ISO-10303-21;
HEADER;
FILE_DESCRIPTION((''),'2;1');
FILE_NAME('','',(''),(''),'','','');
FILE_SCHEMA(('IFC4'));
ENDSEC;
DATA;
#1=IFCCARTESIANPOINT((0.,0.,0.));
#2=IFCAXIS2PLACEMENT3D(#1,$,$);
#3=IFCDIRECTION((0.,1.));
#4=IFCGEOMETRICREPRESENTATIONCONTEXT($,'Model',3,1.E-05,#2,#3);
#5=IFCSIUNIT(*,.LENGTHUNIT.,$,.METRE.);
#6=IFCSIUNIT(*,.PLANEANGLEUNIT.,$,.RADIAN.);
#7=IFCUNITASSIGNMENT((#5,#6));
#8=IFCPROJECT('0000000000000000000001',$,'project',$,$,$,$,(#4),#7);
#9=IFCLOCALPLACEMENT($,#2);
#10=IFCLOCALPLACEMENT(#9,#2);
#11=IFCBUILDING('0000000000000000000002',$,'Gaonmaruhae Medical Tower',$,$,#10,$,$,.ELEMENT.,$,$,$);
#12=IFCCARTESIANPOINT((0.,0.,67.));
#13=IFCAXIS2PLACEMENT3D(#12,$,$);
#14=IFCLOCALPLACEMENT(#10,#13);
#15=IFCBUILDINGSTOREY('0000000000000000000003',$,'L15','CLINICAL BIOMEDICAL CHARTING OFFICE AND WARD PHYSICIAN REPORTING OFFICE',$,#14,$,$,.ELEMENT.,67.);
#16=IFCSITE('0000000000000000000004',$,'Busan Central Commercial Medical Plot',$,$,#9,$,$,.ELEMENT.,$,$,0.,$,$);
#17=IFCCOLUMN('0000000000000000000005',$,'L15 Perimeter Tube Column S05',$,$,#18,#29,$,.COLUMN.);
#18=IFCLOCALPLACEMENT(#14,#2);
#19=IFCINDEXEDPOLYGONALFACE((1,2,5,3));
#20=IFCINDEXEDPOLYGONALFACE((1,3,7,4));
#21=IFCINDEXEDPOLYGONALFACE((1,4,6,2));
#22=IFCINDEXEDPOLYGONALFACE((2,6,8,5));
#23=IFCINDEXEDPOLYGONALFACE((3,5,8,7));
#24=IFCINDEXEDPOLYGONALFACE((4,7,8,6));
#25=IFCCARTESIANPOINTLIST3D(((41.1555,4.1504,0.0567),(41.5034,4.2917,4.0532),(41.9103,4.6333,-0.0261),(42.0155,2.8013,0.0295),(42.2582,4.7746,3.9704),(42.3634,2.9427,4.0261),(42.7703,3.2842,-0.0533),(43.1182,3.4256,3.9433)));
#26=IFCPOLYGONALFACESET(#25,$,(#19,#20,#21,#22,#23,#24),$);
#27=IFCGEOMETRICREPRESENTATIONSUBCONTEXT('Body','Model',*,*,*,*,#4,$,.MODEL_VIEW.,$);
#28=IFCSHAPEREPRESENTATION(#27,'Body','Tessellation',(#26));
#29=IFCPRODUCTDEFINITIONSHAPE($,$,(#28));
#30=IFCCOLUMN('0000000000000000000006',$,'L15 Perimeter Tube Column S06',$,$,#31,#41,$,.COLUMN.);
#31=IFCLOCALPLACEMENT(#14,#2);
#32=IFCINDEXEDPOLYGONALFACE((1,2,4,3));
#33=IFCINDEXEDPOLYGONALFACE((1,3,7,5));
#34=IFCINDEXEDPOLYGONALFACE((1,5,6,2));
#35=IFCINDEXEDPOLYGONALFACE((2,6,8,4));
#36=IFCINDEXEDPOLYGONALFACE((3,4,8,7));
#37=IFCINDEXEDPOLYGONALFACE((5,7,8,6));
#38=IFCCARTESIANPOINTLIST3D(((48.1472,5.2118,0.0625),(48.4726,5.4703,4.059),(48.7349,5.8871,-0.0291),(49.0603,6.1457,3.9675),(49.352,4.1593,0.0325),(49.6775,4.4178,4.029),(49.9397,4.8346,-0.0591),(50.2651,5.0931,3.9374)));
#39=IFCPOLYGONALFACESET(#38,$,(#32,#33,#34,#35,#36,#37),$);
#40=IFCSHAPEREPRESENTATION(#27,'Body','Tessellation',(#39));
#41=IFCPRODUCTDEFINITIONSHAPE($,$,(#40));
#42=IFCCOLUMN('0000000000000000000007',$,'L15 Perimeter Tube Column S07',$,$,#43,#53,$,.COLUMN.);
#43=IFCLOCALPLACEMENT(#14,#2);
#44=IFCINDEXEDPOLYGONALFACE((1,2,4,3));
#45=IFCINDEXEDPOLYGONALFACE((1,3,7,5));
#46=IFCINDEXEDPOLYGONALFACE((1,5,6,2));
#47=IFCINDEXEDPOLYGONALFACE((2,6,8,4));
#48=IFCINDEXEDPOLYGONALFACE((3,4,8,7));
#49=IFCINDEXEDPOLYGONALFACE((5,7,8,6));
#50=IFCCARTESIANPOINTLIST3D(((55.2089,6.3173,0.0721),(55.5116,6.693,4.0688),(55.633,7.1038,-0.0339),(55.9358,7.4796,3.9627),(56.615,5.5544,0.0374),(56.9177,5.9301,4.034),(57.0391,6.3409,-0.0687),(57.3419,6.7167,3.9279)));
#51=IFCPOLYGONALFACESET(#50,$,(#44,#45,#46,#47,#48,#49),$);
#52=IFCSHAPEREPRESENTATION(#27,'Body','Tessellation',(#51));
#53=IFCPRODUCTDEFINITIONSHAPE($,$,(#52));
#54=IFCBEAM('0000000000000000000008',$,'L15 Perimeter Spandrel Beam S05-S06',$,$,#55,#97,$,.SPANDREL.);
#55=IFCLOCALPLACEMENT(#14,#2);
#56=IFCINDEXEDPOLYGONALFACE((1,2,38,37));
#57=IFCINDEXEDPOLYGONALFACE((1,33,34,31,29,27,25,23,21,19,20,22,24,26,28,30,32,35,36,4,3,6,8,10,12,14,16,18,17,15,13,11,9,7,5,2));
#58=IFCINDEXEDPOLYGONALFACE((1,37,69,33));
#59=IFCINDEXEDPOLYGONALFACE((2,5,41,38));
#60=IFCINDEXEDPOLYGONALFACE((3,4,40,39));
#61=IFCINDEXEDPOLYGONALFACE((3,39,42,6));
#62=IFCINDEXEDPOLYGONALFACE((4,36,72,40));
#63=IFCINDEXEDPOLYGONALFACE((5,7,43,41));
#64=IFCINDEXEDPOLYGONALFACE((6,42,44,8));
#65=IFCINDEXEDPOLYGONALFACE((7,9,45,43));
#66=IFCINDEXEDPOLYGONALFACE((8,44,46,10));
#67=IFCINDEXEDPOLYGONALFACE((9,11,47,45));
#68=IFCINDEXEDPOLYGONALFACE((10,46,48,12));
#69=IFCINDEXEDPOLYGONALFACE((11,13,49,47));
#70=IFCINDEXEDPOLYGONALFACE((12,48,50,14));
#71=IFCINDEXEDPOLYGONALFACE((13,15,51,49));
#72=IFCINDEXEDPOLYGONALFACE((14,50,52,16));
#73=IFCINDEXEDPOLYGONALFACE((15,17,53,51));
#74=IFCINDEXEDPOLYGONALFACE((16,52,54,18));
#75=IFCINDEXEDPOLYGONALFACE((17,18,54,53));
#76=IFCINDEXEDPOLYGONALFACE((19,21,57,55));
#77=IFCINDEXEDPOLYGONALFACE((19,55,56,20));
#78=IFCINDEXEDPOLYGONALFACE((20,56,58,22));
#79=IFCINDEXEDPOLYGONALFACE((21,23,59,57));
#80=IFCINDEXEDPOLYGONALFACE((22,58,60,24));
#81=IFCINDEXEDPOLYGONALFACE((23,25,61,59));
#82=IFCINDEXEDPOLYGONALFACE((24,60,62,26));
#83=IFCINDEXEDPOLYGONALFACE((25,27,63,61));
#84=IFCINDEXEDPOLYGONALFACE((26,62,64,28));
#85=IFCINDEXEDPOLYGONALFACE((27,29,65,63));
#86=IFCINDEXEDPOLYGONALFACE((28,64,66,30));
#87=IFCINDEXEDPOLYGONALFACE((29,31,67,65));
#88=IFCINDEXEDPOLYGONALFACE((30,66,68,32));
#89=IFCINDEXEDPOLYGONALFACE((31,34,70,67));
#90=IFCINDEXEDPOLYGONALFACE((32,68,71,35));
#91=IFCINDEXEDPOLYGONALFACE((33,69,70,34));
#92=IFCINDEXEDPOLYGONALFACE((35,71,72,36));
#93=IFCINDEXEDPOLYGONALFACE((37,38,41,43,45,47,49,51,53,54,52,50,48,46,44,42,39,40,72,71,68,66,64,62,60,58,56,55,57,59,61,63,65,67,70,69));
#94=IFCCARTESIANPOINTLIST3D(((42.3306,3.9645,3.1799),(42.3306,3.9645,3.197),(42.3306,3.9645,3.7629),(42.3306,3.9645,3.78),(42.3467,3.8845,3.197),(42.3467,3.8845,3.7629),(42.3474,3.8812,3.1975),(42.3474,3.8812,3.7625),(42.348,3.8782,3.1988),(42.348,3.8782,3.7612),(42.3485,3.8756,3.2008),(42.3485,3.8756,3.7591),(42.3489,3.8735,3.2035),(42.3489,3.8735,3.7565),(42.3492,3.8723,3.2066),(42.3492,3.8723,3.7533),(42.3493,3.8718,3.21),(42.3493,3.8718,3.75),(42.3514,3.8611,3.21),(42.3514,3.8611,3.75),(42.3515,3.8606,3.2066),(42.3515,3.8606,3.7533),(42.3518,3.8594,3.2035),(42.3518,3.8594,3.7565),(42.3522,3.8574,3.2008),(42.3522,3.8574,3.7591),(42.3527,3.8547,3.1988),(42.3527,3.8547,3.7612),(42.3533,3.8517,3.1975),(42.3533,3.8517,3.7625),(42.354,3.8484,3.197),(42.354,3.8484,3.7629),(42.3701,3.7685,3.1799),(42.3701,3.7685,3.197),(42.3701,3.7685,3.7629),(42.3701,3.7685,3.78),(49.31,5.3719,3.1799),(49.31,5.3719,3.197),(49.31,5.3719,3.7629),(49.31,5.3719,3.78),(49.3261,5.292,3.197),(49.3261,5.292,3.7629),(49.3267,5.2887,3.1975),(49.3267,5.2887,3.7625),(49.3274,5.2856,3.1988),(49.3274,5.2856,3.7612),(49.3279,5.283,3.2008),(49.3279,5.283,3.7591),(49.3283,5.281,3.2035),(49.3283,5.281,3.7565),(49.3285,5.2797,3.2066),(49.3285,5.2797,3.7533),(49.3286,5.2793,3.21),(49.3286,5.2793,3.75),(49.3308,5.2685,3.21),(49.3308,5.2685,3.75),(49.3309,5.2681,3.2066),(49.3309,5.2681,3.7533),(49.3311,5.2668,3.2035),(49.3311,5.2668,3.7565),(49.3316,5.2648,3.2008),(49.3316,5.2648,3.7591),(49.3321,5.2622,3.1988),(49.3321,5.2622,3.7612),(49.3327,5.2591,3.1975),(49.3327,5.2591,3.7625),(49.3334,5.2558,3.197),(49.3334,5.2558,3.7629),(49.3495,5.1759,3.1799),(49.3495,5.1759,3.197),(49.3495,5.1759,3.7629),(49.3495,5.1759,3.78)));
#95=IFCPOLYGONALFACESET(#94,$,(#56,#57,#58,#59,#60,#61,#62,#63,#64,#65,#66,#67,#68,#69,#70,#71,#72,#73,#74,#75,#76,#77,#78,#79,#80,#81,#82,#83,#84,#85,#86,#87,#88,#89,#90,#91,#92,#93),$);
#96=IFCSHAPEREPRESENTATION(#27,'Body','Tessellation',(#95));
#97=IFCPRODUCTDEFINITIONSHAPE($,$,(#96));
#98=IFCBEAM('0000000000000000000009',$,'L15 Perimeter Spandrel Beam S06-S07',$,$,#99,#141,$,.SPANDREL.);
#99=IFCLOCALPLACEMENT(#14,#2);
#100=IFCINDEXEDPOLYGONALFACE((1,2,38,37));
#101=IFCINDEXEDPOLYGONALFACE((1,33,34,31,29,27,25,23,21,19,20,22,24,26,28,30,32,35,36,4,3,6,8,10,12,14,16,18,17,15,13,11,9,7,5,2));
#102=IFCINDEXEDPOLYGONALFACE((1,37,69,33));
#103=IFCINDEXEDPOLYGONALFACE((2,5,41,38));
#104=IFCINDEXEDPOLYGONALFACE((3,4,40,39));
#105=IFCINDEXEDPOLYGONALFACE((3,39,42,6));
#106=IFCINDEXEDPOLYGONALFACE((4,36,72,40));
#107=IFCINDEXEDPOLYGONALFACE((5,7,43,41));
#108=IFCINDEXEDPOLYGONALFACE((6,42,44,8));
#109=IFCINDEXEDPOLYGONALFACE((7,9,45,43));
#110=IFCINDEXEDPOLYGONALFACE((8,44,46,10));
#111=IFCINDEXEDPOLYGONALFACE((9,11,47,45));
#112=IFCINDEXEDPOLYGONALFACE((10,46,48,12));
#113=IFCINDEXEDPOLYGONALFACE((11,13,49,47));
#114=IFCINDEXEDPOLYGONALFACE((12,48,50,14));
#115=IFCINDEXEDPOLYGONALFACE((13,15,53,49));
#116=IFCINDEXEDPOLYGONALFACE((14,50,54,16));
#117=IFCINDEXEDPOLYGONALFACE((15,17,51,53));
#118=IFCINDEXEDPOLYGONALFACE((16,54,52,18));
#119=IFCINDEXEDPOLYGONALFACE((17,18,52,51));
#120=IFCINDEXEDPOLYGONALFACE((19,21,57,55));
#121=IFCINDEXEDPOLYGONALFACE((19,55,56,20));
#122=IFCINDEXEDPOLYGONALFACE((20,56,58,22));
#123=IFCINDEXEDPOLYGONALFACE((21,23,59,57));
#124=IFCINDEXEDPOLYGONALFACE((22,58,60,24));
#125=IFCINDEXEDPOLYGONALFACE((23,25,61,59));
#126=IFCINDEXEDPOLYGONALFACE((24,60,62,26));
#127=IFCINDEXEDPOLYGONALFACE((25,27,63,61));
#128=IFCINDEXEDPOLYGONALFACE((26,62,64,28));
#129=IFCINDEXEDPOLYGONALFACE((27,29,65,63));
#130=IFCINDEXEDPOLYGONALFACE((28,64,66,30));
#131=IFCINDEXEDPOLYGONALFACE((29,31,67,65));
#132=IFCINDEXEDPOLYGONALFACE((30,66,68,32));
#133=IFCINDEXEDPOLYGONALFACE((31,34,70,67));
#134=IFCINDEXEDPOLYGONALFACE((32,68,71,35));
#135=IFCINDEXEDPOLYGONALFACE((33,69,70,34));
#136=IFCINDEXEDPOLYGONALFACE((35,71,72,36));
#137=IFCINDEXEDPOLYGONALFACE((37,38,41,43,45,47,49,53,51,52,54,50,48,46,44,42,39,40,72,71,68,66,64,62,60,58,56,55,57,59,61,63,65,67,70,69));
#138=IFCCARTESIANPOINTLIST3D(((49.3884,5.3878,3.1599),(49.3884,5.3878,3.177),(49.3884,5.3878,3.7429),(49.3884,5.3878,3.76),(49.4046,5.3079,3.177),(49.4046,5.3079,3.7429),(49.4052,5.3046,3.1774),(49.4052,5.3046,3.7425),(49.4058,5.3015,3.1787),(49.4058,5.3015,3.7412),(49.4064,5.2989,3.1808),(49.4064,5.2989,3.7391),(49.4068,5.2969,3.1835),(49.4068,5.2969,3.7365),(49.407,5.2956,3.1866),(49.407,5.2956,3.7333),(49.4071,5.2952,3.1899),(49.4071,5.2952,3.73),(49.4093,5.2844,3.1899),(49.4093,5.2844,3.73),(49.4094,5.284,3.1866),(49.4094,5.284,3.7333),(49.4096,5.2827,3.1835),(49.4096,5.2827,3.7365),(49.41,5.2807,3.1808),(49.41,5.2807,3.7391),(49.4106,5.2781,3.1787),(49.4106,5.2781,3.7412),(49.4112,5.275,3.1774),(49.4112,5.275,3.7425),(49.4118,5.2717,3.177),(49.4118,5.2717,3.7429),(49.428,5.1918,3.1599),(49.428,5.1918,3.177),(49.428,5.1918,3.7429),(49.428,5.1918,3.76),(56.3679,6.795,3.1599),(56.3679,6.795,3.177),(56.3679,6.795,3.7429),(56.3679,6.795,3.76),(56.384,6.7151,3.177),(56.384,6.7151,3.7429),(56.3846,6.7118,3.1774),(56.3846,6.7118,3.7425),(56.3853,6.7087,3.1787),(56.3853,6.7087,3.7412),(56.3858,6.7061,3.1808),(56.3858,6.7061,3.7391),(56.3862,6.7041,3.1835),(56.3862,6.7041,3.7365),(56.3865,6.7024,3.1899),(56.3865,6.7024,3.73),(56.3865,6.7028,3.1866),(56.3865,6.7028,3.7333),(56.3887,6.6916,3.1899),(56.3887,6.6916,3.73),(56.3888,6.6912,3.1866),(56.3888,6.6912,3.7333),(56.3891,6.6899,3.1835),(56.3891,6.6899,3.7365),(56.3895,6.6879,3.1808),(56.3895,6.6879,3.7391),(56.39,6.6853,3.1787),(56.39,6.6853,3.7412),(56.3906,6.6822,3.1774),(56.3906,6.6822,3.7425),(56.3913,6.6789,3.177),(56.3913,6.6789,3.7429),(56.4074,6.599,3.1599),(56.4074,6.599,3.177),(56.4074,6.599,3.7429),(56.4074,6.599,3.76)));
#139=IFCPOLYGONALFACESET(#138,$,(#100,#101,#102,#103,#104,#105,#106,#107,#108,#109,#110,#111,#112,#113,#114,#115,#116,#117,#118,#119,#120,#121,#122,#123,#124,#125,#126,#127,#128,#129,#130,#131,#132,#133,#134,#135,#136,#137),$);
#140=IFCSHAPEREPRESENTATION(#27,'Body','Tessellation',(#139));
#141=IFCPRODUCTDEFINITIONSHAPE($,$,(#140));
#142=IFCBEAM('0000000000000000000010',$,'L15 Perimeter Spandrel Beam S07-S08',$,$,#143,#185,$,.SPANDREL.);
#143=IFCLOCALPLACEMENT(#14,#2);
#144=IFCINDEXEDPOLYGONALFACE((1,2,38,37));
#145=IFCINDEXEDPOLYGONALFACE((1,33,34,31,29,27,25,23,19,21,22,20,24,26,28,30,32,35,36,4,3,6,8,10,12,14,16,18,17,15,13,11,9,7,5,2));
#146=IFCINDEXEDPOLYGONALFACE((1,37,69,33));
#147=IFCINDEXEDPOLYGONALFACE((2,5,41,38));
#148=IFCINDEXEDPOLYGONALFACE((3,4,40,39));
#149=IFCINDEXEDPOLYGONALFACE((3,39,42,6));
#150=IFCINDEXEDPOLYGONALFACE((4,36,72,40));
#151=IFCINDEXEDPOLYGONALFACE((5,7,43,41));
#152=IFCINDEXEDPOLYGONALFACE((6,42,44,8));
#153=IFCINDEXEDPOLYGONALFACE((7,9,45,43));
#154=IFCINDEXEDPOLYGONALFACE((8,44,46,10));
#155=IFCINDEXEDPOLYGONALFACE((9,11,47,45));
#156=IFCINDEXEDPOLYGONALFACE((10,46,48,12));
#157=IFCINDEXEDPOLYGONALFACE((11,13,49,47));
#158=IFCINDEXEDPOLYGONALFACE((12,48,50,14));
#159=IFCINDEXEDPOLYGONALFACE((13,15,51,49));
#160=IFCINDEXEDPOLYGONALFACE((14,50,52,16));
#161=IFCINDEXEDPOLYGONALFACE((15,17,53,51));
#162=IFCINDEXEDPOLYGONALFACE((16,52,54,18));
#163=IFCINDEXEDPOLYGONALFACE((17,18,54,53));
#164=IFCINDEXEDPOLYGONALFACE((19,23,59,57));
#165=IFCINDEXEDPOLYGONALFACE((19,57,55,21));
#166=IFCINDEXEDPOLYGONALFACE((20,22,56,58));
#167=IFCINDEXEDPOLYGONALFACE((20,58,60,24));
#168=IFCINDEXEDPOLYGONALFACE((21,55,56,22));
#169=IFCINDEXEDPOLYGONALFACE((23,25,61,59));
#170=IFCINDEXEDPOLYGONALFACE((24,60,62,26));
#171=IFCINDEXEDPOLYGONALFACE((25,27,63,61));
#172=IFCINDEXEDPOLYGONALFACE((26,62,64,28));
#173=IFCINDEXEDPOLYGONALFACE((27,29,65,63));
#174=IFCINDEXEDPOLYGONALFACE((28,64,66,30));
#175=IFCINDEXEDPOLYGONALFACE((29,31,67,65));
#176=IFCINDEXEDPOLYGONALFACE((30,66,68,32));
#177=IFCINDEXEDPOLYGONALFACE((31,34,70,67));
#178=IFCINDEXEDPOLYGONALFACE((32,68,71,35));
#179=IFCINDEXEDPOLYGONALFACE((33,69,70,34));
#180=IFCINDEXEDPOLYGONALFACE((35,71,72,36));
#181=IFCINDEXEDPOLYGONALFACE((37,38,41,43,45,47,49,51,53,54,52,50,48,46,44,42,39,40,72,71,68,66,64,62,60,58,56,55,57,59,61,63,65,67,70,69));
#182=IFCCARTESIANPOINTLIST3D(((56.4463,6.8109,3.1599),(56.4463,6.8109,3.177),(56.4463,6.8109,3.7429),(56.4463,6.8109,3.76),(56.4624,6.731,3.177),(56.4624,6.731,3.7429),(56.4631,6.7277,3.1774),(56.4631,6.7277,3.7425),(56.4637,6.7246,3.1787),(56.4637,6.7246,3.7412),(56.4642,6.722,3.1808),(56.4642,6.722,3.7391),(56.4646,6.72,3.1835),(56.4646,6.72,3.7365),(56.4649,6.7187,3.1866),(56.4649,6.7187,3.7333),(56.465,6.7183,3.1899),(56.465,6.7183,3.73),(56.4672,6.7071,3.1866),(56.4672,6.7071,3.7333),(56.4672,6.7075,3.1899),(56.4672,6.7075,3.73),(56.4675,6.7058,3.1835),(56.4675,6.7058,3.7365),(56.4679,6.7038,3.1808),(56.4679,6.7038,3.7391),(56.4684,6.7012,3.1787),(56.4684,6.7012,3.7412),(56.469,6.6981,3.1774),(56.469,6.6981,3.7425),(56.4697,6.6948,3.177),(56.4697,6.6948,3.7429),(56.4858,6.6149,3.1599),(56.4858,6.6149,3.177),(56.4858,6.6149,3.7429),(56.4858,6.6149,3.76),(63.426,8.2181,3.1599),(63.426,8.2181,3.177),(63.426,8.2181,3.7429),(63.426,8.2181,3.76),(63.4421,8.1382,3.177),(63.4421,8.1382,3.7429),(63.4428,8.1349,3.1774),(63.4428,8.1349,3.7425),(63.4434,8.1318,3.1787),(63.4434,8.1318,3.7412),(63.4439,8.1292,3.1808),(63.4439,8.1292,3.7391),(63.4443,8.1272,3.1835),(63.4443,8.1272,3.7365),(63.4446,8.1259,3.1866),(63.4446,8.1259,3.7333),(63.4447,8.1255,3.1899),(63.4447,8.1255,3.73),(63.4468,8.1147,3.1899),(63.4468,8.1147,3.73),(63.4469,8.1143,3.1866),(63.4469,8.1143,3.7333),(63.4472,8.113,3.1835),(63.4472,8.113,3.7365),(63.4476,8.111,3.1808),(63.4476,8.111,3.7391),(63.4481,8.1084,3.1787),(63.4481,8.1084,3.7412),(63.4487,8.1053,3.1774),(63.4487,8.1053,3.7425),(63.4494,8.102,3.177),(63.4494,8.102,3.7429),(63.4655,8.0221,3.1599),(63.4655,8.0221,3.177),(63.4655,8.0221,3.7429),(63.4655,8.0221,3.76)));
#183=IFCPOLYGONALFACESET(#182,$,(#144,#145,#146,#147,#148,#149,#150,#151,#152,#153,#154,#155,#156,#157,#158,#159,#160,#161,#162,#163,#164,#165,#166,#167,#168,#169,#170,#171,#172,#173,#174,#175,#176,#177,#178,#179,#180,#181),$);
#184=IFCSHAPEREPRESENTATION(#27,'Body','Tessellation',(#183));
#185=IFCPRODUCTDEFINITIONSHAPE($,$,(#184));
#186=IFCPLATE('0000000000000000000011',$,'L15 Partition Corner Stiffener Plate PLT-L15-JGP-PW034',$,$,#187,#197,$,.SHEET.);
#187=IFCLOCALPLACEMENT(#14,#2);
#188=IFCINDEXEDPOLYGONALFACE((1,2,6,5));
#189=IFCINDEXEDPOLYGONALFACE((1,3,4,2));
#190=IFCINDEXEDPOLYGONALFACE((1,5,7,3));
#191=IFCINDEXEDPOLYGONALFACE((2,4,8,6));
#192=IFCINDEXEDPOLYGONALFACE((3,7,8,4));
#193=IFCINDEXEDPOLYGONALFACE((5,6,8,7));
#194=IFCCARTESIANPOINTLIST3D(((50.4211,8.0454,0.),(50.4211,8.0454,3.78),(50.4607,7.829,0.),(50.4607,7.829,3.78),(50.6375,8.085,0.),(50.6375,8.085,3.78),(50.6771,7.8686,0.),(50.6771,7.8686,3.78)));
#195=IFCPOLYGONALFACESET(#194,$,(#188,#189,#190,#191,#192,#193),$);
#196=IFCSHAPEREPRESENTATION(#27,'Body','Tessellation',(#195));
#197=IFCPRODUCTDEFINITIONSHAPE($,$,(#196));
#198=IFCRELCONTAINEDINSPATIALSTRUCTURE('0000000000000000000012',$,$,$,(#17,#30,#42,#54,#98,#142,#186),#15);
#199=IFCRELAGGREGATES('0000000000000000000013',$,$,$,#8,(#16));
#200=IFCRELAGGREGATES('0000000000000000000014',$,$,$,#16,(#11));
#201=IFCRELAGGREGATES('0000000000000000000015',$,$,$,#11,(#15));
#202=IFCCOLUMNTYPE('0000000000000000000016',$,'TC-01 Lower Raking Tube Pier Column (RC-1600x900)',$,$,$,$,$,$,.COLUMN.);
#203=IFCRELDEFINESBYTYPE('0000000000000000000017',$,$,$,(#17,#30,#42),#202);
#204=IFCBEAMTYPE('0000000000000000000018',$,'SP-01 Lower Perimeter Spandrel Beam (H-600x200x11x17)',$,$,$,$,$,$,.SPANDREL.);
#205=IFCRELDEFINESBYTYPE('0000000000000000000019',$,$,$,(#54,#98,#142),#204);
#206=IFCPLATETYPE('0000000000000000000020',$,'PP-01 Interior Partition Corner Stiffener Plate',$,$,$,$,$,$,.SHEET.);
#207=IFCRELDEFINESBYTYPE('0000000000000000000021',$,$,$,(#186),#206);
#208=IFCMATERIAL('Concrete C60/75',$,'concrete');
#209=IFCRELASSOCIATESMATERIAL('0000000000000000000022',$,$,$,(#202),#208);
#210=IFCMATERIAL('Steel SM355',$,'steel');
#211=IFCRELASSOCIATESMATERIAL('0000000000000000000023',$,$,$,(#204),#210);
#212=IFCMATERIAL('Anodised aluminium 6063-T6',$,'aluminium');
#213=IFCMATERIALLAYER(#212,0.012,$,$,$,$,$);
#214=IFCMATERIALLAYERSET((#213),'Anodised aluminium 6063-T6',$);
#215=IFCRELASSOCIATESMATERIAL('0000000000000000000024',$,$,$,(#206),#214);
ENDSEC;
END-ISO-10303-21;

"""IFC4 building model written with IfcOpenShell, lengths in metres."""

from ifc_helpers import new_model, si_unit, direction, frame, origin, origin_2d, place, context, subcontext, project, spatial, rectangle, i_section, extrude, material, layer, layer_set, material_profile, profile_set, type_object, element, save


model = new_model("IFC4")

# Units and contexts
model_context = context("Model", 3, precision=1e-05, world=origin(), true_north=direction((0.0, 1.0)))
body_context = subcontext(model_context, "Body", "Model", "MODEL_VIEW")
ifc_project = project(units=[si_unit("LENGTHUNIT", "METRE"), si_unit("PLANEANGLEUNIT", "RADIAN")], contexts=[model_context])

# Site, building, storey
site_placement = place(None, origin())
site = spatial("IfcSite", under=ifc_project, at=site_placement, Name="Busan Central Commercial Medical Plot", CompositionType="ELEMENT", RefElevation=0.0)
building_placement = place(site_placement, origin())
building = spatial("IfcBuilding", under=site, at=building_placement, Name="Gaonmaruhae Medical Tower", CompositionType="ELEMENT")
storey_placement = place(building_placement, frame((0.0, 0.0, 67.0)))
storey = spatial("IfcBuildingStorey", under=building, at=storey_placement, Name="L15", Description="CLINICAL BIOMEDICAL CHARTING OFFICE AND WARD PHYSICIAN REPORTING OFFICE", CompositionType="ELEMENT", Elevation=67.0)

# Columns
ifc_material_1 = material(Name="Concrete C60/75", Category="concrete")
ifc_material_profile_1 = material_profile(ifc_material_1, rectangle(XDim=1.6001, YDim=0.8999, at=origin_2d()), Name="RC-1600x900")
ifc_profile_set_1 = profile_set([ifc_material_profile_1], Name="Concrete C60/75")
column_type = type_object("IfcColumnType", Name="TC-01 Lower Raking Tube Pier Column (RC-1600x900)", PredefinedType="COLUMN", material=ifc_profile_set_1)
column_1_placement = place(storey_placement, frame((41.9629, 3.7173, 0.0017), z_axis=(0.086668, 0.035214, 0.995615), x_axis=(-0.537485, 0.843103, 0.016968)))
element("IfcColumn", 1, at=column_1_placement, inside=storey, type_object=column_type, Name="L15 Perimeter Tube Column S05", PredefinedType="COLUMN", context=body_context, shape_type="SweptSolid", body=[
    extrude(rectangle(XDim=1.6001, YDim=0.8999, at=origin_2d()), origin(), (0.0, 0.0, 1.0), 4.0142),
])
column_2_placement = place(storey_placement, frame((49.0435, 5.0232, 0.0017), z_axis=(0.080993, 0.064344, 0.994636), x_axis=(-0.752977, 0.657779, 0.018762)))
element("IfcColumn", 2, at=column_2_placement, inside=storey, type_object=column_type, Name="L15 Perimeter Tube Column S06", PredefinedType="COLUMN", context=body_context, shape_type="SweptSolid", body=[
    extrude(rectangle(XDim=1.6001, YDim=0.8999, at=origin_2d()), origin(), (0.0, 0.0, 1.0), 4.0181),
])
column_3_placement = place(storey_placement, frame((56.124, 6.3291, 0.0017), z_axis=(0.075202, 0.093336, 0.992791), x_axis=(-0.878753, 0.476781, 0.02174)))
element("IfcColumn", 3, at=column_3_placement, inside=storey, type_object=column_type, Name="L15 Perimeter Tube Column S07", PredefinedType="COLUMN", context=body_context, shape_type="SweptSolid", body=[
    extrude(rectangle(XDim=1.6001, YDim=0.8999, at=origin_2d()), origin(), (0.0, 0.0, 1.0), 4.0256),
])

# Beams
ifc_material_2 = material(Name="Steel SM355", Category="steel")
ifc_material_profile_2 = material_profile(ifc_material_2, i_section(OverallWidth=0.2, OverallDepth=0.6001, WebThickness=0.011, FlangeThickness=0.0171, FilletRadius=0.0129, at=origin_2d()), Name="H-600x200x11x17")
ifc_profile_set_2 = profile_set([ifc_material_profile_2], Name="Steel SM355")
beam_type = type_object("IfcBeamType", Name="SP-01 Lower Perimeter Spandrel Beam (H-600x200x11x17)", PredefinedType="SPANDREL", material=ifc_profile_set_2)
for number, where, z_axis, x_axis, name in (
    (4, (42.3503, 3.8665, 3.48), (0.980267, 0.197679, 0.0), (-0.197679, 0.980267, 0.0), "L15 Perimeter Spandrel Beam S05-S06"),
    (5, (49.4082, 5.2898, 3.46), (0.980274, 0.197646, 0.0), (-0.197646, 0.980274, 0.0), "L15 Perimeter Spandrel Beam S06-S07"),
):
    element("IfcBeam", number, at=place(storey_placement, frame(where, z_axis=z_axis, x_axis=x_axis)), inside=storey, type_object=beam_type, Name=name, PredefinedType="SPANDREL", context=body_context, shape_type="SweptSolid", body=[
        extrude(i_section(OverallWidth=0.2, OverallDepth=0.6001, WebThickness=0.011, FlangeThickness=0.0171, FilletRadius=0.0129, at=origin_2d()), origin(), (0.0, 0.0, 1.0), 7.1199),
    ])
beam_placement = place(storey_placement, frame((56.4661, 6.7129, 3.46), z_axis=(0.980275, 0.197639, 0.0), x_axis=(-0.197639, 0.980275, 0.0)))
element("IfcBeam", 6, at=beam_placement, inside=storey, type_object=beam_type, Name="L15 Perimeter Spandrel Beam S07-S08", PredefinedType="SPANDREL", context=body_context, shape_type="SweptSolid", body=[
    extrude(i_section(OverallWidth=0.2, OverallDepth=0.6001, WebThickness=0.011, FlangeThickness=0.0171, FilletRadius=0.0129, at=origin_2d()), origin(), (0.0, 0.0, 1.0), 7.1201),
])

# Plate
ifc_material_3 = material(Name="Anodised aluminium 6063-T6", Category="aluminium")
ifc_layer_1 = layer(ifc_material_3, 0.012)
ifc_layer_set_1 = layer_set([ifc_layer_1], Name="Anodised aluminium 6063-T6")
plate_type = type_object("IfcPlateType", Name="PP-01 Interior Partition Corner Stiffener Plate", PredefinedType="SHEET", material=ifc_layer_set_1)
plate_placement = place(storey_placement, frame((50.5491, 7.957, 0.0), z_axis=(0.0, 0.0, 1.0), x_axis=(0.180056, -0.983656, 0.0)))
element("IfcPlate", 7, at=plate_placement, inside=storey, type_object=plate_type, Name="L15 Partition Corner Stiffener Plate PLT-L15-JGP-PW034", PredefinedType="SHEET", context=body_context, shape_type="SweptSolid", body=[
    extrude(rectangle(XDim=0.22, YDim=0.22, at=origin_2d()), origin(), (0.0, 0.0, 1.0), 3.78),
])

save(model, "model.ifc")
